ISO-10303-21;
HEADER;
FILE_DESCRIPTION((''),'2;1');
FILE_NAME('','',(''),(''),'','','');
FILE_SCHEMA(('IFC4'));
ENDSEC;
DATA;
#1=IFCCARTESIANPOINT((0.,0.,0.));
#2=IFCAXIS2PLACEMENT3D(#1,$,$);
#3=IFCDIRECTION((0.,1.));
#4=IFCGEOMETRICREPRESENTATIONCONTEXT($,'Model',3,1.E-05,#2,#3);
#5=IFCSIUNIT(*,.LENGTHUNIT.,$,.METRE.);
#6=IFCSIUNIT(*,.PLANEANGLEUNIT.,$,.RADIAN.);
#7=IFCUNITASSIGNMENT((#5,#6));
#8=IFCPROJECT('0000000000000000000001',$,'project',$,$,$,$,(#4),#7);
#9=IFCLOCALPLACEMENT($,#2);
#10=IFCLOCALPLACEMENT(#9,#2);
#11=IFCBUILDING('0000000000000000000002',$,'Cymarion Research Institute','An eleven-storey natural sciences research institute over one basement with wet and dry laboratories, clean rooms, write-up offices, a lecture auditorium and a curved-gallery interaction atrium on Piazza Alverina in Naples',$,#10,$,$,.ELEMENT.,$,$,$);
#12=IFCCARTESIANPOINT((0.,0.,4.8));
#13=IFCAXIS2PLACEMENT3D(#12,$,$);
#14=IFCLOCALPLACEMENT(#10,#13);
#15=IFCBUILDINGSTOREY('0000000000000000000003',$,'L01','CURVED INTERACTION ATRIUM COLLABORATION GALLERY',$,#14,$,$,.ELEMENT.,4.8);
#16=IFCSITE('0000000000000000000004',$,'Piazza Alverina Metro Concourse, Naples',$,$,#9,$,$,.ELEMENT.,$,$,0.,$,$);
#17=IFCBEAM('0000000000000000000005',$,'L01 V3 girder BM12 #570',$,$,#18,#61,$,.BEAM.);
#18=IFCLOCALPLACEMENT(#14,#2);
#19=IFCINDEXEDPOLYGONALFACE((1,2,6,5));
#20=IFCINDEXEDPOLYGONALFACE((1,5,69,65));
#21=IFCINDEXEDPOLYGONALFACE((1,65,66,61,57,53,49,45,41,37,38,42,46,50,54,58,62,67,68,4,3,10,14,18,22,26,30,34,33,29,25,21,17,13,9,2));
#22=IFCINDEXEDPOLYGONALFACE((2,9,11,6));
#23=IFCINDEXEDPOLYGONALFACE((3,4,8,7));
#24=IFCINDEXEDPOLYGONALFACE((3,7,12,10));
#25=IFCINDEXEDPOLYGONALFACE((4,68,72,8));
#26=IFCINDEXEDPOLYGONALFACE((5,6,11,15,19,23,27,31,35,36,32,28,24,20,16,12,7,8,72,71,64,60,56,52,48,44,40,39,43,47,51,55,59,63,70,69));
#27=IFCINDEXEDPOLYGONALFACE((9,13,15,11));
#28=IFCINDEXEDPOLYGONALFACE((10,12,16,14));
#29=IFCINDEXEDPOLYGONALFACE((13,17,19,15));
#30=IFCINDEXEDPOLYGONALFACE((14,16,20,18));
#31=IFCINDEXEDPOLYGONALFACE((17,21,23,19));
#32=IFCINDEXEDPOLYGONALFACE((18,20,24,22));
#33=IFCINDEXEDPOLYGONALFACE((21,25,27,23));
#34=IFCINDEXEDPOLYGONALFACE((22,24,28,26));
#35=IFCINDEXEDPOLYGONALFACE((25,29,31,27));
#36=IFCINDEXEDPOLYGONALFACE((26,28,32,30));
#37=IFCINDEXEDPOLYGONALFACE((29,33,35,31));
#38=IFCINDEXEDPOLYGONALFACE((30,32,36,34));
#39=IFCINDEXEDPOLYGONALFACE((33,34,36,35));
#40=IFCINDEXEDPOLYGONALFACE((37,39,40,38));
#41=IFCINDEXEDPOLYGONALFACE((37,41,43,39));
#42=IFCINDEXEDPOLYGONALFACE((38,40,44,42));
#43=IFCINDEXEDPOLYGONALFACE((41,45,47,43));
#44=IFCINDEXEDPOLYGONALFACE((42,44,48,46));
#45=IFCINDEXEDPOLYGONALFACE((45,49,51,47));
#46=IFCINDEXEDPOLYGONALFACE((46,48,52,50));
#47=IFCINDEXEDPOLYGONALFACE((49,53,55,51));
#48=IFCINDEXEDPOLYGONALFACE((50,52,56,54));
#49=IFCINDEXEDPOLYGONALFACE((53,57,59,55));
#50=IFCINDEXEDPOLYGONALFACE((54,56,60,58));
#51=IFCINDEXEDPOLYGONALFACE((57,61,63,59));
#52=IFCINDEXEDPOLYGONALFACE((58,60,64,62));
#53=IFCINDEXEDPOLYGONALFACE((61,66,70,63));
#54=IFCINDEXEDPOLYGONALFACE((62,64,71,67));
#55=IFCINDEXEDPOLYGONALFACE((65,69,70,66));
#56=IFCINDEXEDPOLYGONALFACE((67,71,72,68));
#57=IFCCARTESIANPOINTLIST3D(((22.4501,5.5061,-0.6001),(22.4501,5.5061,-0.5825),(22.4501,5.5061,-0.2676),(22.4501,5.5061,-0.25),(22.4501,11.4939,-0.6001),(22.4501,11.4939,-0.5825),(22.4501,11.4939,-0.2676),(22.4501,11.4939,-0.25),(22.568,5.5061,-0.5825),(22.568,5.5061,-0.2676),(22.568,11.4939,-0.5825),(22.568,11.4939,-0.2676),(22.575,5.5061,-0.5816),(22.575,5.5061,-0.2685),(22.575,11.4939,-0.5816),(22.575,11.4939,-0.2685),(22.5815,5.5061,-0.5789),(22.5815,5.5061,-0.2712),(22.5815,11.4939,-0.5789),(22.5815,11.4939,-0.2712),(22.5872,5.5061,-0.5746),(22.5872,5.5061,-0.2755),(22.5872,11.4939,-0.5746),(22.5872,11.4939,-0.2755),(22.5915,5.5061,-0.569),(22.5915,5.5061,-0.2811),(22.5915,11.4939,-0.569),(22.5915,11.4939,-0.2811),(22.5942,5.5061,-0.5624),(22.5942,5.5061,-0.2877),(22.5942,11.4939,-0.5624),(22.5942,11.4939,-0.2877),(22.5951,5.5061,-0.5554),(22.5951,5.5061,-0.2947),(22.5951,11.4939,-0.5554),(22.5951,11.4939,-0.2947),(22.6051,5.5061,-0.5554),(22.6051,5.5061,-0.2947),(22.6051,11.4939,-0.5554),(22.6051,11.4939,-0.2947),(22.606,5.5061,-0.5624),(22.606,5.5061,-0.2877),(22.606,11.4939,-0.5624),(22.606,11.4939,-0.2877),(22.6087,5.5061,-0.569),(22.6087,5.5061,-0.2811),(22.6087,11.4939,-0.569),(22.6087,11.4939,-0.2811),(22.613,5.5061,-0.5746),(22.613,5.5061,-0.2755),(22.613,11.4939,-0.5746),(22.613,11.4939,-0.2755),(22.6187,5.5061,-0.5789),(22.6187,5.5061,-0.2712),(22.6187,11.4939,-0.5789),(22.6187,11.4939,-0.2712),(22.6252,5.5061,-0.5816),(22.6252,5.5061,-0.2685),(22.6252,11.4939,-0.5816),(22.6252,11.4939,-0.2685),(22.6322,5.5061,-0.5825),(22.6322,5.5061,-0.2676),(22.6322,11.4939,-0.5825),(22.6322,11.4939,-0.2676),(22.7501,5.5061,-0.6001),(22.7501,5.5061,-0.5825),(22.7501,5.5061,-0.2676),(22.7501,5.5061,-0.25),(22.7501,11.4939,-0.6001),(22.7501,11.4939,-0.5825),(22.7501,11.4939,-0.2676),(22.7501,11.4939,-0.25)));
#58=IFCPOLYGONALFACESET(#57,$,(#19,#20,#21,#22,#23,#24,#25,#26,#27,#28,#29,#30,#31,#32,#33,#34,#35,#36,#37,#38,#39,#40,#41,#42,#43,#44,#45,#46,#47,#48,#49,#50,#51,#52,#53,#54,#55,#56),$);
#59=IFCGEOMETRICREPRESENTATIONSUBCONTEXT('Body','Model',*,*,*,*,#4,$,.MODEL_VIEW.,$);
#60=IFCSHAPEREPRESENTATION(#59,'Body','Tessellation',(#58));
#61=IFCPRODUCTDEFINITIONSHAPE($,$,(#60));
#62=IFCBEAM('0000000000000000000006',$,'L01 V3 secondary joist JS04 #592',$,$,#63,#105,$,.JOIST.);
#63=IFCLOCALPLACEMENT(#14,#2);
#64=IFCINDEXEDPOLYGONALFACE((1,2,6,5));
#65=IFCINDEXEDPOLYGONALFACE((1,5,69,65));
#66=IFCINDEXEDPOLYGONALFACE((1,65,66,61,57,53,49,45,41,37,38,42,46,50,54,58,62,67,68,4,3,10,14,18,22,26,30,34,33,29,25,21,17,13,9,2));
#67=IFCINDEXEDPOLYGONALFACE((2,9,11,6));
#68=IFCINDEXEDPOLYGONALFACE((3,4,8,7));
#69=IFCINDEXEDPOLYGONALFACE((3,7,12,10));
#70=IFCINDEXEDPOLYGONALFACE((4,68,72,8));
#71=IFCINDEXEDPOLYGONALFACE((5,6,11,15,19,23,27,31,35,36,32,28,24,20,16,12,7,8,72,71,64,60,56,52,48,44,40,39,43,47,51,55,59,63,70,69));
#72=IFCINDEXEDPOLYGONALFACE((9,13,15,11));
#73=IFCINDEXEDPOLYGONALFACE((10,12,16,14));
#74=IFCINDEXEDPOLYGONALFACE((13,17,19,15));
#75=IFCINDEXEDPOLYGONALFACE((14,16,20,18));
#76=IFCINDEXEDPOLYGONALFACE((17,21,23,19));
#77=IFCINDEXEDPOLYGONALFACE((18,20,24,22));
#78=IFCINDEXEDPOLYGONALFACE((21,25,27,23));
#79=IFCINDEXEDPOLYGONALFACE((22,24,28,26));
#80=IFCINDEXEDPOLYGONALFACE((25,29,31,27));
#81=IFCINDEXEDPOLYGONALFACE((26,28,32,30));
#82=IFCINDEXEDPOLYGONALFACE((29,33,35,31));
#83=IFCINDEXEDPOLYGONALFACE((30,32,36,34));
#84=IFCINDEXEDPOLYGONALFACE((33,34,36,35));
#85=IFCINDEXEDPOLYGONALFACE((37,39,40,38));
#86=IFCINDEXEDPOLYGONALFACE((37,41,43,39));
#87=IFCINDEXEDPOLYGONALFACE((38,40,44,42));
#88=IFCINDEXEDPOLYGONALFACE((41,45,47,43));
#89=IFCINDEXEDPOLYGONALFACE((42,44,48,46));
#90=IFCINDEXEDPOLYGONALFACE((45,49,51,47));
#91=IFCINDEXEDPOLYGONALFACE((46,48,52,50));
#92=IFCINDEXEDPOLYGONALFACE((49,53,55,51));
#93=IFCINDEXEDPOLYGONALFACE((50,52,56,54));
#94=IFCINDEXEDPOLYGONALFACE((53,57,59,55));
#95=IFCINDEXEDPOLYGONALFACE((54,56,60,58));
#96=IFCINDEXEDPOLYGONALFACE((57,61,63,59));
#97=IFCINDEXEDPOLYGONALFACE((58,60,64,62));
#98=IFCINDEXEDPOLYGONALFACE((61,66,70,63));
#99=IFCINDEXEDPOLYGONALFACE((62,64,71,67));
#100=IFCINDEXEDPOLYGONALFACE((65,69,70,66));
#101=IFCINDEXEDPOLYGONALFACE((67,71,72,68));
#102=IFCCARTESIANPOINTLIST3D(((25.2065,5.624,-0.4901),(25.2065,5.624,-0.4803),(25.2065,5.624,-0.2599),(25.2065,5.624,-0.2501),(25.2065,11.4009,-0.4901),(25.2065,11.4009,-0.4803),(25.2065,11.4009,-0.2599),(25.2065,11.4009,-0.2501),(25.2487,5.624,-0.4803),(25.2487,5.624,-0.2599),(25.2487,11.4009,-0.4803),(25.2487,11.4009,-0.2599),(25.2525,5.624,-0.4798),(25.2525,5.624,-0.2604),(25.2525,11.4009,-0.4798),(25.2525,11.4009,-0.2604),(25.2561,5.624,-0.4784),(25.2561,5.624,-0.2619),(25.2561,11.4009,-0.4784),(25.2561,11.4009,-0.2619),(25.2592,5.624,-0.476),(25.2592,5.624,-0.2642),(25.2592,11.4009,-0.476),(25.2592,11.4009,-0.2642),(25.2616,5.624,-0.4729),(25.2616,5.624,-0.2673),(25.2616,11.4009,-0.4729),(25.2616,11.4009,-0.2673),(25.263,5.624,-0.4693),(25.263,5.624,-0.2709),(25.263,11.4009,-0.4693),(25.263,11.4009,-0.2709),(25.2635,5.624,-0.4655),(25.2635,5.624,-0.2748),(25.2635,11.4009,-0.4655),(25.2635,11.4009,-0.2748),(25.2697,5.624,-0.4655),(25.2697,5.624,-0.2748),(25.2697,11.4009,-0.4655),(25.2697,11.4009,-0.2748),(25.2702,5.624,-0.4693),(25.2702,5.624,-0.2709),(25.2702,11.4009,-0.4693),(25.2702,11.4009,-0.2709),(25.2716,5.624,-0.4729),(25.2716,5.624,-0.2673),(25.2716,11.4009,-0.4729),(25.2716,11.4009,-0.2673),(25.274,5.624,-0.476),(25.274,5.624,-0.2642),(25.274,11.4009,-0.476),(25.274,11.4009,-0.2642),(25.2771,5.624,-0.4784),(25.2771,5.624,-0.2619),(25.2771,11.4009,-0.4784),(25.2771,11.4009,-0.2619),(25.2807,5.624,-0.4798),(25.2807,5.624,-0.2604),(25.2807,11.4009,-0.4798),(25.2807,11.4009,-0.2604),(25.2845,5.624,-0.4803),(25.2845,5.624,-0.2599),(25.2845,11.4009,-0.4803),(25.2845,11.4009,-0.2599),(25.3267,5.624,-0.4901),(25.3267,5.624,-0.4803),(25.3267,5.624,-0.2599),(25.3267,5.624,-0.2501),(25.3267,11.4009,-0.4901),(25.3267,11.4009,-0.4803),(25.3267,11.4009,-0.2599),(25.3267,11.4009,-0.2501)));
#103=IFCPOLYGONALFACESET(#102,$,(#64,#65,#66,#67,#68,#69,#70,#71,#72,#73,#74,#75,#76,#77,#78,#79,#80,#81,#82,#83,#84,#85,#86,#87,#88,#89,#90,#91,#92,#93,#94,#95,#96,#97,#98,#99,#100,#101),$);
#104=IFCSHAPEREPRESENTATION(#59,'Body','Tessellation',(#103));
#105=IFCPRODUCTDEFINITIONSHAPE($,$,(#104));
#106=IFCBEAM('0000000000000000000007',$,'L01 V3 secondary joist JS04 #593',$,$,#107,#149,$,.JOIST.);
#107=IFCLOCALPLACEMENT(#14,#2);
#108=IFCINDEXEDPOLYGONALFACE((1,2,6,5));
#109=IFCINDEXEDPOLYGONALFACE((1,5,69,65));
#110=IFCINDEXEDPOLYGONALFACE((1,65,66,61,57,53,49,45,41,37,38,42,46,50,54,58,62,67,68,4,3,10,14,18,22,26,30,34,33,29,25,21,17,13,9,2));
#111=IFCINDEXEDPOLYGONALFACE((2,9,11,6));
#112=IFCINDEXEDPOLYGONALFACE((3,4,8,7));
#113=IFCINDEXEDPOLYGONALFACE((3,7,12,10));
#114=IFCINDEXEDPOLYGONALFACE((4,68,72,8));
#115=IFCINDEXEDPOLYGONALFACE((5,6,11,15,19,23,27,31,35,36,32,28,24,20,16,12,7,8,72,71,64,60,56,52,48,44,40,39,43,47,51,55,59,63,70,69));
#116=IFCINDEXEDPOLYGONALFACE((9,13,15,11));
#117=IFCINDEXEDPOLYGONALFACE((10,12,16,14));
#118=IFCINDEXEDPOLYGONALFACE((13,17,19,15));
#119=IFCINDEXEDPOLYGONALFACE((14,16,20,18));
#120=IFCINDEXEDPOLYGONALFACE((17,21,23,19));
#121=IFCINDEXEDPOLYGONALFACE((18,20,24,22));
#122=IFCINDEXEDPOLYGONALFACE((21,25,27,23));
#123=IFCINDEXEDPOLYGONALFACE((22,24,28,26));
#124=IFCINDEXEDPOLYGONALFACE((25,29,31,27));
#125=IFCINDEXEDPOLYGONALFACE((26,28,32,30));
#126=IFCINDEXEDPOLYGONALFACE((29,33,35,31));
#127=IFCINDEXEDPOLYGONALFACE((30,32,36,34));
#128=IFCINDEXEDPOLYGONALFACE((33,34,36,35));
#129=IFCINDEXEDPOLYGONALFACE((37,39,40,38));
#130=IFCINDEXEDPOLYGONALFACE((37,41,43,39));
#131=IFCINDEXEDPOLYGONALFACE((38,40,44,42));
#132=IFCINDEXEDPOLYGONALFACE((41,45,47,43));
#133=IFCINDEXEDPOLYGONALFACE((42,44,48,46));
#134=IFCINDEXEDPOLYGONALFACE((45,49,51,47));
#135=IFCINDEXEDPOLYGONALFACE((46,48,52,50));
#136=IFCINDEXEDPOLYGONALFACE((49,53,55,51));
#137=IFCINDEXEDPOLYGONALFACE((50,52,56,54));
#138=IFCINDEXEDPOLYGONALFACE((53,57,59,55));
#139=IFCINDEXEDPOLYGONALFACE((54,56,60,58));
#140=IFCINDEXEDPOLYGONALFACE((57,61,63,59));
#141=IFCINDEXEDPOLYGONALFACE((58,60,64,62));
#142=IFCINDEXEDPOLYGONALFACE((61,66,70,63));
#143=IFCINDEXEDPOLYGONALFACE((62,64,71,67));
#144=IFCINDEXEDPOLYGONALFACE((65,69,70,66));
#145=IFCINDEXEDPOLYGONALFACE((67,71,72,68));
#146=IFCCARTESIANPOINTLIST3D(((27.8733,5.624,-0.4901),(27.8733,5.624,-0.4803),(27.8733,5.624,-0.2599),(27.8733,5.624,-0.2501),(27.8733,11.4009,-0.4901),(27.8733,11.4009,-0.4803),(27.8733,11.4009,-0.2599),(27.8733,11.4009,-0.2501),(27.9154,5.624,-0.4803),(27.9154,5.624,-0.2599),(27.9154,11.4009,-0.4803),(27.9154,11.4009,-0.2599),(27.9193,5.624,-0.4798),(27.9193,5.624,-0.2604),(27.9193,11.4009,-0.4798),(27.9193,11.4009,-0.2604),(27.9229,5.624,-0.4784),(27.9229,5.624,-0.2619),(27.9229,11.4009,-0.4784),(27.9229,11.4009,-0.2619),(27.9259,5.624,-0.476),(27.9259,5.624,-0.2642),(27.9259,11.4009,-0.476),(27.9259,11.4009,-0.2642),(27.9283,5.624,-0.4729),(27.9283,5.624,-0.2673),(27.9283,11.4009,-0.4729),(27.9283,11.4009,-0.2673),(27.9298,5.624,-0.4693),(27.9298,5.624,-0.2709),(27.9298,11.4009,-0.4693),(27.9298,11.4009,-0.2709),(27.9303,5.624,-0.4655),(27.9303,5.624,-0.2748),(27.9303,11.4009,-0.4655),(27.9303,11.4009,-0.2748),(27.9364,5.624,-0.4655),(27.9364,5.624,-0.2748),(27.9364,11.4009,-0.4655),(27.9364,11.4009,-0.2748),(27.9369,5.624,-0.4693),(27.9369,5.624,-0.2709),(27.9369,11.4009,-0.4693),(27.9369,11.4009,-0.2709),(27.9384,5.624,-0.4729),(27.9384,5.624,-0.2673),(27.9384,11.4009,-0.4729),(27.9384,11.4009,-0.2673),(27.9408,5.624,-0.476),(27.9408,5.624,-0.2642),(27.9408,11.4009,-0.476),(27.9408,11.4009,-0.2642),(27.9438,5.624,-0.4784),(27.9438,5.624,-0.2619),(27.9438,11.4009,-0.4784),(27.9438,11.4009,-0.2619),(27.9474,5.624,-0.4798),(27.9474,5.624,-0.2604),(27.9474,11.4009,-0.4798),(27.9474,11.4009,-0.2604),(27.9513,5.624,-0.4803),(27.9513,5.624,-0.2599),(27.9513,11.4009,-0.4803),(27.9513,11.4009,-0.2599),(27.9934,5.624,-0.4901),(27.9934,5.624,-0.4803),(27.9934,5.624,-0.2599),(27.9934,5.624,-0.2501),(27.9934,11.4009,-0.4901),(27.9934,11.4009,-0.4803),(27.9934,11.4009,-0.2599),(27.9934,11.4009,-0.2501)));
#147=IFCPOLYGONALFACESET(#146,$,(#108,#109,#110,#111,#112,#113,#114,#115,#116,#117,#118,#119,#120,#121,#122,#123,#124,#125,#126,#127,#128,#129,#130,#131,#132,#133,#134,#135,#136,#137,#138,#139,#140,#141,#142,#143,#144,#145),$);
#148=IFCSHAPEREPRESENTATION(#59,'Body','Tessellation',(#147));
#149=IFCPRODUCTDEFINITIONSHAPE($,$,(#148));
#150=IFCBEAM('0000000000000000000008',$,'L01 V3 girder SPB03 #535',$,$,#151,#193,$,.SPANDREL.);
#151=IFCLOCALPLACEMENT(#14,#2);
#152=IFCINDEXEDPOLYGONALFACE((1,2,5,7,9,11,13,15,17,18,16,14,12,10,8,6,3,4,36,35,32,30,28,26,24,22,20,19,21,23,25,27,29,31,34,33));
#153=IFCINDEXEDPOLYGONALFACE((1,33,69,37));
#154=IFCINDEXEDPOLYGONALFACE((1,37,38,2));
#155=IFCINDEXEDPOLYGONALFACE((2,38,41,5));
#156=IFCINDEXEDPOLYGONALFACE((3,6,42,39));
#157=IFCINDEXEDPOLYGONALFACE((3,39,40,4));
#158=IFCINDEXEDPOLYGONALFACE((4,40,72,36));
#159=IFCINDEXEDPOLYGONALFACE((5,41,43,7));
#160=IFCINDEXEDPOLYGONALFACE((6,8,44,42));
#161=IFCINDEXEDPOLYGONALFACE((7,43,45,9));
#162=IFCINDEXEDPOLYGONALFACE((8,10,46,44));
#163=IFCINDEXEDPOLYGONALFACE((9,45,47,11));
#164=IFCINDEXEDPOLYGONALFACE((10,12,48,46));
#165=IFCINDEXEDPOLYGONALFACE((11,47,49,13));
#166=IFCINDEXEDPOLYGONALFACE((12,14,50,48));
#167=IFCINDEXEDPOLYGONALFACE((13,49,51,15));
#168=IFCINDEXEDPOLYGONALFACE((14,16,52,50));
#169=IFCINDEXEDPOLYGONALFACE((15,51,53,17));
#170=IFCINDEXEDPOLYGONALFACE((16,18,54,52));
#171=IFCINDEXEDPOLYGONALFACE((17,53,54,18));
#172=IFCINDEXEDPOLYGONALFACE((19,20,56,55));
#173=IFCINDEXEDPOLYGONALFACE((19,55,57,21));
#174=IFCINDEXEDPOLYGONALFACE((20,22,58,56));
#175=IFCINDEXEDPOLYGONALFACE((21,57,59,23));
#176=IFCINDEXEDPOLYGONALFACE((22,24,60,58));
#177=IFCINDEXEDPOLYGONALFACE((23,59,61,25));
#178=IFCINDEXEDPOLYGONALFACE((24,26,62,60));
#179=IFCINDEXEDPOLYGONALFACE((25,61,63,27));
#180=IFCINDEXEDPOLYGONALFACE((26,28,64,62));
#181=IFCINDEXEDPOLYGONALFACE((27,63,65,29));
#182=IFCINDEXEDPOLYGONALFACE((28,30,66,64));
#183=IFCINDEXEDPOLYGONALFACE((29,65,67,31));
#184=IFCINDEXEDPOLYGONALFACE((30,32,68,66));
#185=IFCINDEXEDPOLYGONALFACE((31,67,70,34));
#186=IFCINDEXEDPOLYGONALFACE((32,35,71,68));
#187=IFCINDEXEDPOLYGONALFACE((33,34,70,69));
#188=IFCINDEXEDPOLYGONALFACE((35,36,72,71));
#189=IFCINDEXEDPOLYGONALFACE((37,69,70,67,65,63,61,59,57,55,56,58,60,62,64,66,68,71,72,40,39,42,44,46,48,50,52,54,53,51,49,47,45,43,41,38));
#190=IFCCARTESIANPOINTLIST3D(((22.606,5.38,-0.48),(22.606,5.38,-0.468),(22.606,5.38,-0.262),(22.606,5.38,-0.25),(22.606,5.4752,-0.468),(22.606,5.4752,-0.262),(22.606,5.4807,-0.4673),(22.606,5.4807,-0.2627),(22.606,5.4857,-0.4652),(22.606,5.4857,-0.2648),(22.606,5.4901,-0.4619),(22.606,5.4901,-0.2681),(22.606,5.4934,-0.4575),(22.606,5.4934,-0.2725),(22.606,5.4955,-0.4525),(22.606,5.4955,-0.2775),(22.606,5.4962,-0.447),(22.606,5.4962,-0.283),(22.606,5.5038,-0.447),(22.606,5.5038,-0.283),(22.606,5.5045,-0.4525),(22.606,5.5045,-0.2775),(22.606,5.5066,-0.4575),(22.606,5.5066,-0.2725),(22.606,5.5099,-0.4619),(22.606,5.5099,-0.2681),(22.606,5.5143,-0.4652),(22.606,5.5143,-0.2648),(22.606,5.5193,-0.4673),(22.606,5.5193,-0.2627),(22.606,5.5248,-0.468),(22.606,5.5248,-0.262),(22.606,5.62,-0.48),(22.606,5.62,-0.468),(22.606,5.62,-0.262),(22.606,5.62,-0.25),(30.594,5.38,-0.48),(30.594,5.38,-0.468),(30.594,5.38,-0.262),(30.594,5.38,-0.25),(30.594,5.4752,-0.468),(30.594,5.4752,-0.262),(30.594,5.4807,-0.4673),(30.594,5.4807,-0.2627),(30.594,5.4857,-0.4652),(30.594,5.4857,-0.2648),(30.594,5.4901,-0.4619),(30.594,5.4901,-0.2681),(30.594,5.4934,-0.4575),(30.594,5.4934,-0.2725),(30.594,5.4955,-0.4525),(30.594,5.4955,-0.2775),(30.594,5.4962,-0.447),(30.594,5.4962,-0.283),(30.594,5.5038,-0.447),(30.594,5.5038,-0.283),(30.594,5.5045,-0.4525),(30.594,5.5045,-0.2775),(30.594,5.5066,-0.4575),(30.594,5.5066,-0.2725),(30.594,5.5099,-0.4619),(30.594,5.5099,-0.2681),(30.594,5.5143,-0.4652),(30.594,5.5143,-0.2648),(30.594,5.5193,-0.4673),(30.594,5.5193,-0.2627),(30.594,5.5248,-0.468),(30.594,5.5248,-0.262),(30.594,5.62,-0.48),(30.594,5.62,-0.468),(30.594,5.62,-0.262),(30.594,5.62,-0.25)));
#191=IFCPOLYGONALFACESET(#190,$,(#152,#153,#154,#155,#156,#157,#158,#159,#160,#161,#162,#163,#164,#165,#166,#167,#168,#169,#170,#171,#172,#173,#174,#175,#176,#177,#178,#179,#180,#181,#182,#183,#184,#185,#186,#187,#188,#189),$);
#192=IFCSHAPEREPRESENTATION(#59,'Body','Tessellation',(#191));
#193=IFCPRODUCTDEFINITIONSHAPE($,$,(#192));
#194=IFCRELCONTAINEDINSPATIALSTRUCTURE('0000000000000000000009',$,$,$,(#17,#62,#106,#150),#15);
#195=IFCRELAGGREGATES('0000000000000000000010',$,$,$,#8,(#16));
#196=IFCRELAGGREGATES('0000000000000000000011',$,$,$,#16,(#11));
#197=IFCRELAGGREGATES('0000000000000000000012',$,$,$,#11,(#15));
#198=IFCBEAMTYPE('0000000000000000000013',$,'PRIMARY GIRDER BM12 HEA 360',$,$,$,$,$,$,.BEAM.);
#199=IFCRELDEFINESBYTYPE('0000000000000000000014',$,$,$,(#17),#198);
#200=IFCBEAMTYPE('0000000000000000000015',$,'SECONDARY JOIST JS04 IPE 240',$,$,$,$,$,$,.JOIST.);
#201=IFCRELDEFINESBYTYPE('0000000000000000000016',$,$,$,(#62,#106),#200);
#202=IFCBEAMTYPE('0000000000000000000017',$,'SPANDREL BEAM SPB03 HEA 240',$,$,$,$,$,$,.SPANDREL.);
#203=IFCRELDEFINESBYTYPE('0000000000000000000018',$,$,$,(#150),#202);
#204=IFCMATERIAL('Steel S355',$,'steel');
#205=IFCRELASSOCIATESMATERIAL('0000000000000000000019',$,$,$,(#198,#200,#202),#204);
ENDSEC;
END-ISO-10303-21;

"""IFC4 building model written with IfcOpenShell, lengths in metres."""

from ifc_helpers import new_model, si_unit, direction, frame, origin, origin_2d, place, context, subcontext, project, spatial, i_section, extrude, material, material_profile, profile_set, type_object, element, save


model = new_model("IFC4")

# Units and contexts
model_context = context("Model", 3, precision=1e-05, world=origin(), true_north=direction((0.0, 1.0)))
body_context = subcontext(model_context, "Body", "Model", "MODEL_VIEW")
ifc_project = project(units=[si_unit("LENGTHUNIT", "METRE"), si_unit("PLANEANGLEUNIT", "RADIAN")], contexts=[model_context])

# Site, building, storey
site_placement = place(None, origin())
site = spatial("IfcSite", under=ifc_project, at=site_placement, Name="Piazza Alverina Metro Concourse, Naples", CompositionType="ELEMENT", RefElevation=0.0)
building_placement = place(site_placement, origin())
building = spatial("IfcBuilding", under=site, at=building_placement, Name="Cymarion Research Institute", Description="An eleven-storey natural sciences research institute over one basement with wet and dry laboratories, clean rooms, write-up offices, a lecture auditorium and a curved-gallery interaction atrium on Piazza Alverina in Naples", CompositionType="ELEMENT")
storey_placement = place(building_placement, frame((0.0, 0.0, 4.8)))
storey = spatial("IfcBuildingStorey", under=building, at=storey_placement, Name="L01", Description="CURVED INTERACTION ATRIUM COLLABORATION GALLERY", CompositionType="ELEMENT", Elevation=4.8)

# Shared definitions
ifc_material_1 = material(Name="Steel S355", Category="steel")

# Beams
ifc_material_profile_1 = material_profile(ifc_material_1, i_section(OverallWidth=0.3, OverallDepth=0.3501, WebThickness=0.01, FlangeThickness=0.0176, FilletRadius=0.0271, at=origin_2d()), Name="HEA 360")
ifc_profile_set_1 = profile_set([ifc_material_profile_1], Name="Steel S355")
beam_type_1 = type_object("IfcBeamType", Name="PRIMARY GIRDER BM12 HEA 360", PredefinedType="BEAM", material=ifc_profile_set_1)
beam_1_placement = place(storey_placement, frame((22.6001, 5.5061, -0.425), z_axis=(0.0, 1.0, 0.0), x_axis=(-1.0, 0.0, 0.0)))
element("IfcBeam", 1, at=beam_1_placement, inside=storey, type_object=beam_type_1, Name="L01 V3 girder BM12 #570", PredefinedType="BEAM", context=body_context, shape_type="SweptSolid", body=[
    extrude(i_section(OverallWidth=0.3, OverallDepth=0.3501, WebThickness=0.01, FlangeThickness=0.0176, FilletRadius=0.0271, at=origin_2d()), origin(), (0.0, 0.0, 1.0), 5.9878),
])
ifc_material_profile_2 = material_profile(ifc_material_1, i_section(OverallWidth=0.1201, OverallDepth=0.24, WebThickness=0.0061, FlangeThickness=0.0098, FilletRadius=0.0149, at=origin_2d()), Name="IPE 240")
ifc_profile_set_2 = profile_set([ifc_material_profile_2], Name="Steel S355")
beam_type_2 = type_object("IfcBeamType", Name="SECONDARY JOIST JS04 IPE 240", PredefinedType="JOIST", material=ifc_profile_set_2)
for number, where, z_axis, x_axis, name in (
    (2, (25.2666, 5.624, -0.3701), (0.0, 1.0, 0.0), (-1.0, 0.0, 0.0), "L01 V3 secondary joist JS04 #592"),
    (3, (27.9333, 5.624, -0.3701), (0.0, 1.0, 0.0), (-1.0, 0.0, 0.0), "L01 V3 secondary joist JS04 #593"),
):
    element("IfcBeam", number, at=place(storey_placement, frame(where, z_axis=z_axis, x_axis=x_axis)), inside=storey, type_object=beam_type_2, Name=name, PredefinedType="JOIST", context=body_context, shape_type="SweptSolid", body=[
        extrude(i_section(OverallWidth=0.1201, OverallDepth=0.24, WebThickness=0.0061, FlangeThickness=0.0098, FilletRadius=0.0149, at=origin_2d()), origin(), (0.0, 0.0, 1.0), 5.7769),
    ])
ifc_material_profile_3 = material_profile(ifc_material_1, i_section(OverallWidth=0.24, OverallDepth=0.23, WebThickness=0.0076, FlangeThickness=0.012, FilletRadius=0.021, at=origin_2d()), Name="HEA 240")
ifc_profile_set_3 = profile_set([ifc_material_profile_3], Name="Steel S355")
beam_type_3 = type_object("IfcBeamType", Name="SPANDREL BEAM SPB03 HEA 240", PredefinedType="SPANDREL", material=ifc_profile_set_3)
beam_2_placement = place(storey_placement, frame((22.606, 5.5, -0.365), z_axis=(1.0, 0.0, 0.0), x_axis=(0.0, 1.0, 0.0)))
element("IfcBeam", 4, at=beam_2_placement, inside=storey, type_object=beam_type_3, Name="L01 V3 girder SPB03 #535", PredefinedType="SPANDREL", context=body_context, shape_type="SweptSolid", body=[
    extrude(i_section(OverallWidth=0.24, OverallDepth=0.23, WebThickness=0.0076, FlangeThickness=0.012, FilletRadius=0.021, at=origin_2d()), origin(), (0.0, 0.0, 1.0), 7.988),
])

save(model, "model.ifc")
